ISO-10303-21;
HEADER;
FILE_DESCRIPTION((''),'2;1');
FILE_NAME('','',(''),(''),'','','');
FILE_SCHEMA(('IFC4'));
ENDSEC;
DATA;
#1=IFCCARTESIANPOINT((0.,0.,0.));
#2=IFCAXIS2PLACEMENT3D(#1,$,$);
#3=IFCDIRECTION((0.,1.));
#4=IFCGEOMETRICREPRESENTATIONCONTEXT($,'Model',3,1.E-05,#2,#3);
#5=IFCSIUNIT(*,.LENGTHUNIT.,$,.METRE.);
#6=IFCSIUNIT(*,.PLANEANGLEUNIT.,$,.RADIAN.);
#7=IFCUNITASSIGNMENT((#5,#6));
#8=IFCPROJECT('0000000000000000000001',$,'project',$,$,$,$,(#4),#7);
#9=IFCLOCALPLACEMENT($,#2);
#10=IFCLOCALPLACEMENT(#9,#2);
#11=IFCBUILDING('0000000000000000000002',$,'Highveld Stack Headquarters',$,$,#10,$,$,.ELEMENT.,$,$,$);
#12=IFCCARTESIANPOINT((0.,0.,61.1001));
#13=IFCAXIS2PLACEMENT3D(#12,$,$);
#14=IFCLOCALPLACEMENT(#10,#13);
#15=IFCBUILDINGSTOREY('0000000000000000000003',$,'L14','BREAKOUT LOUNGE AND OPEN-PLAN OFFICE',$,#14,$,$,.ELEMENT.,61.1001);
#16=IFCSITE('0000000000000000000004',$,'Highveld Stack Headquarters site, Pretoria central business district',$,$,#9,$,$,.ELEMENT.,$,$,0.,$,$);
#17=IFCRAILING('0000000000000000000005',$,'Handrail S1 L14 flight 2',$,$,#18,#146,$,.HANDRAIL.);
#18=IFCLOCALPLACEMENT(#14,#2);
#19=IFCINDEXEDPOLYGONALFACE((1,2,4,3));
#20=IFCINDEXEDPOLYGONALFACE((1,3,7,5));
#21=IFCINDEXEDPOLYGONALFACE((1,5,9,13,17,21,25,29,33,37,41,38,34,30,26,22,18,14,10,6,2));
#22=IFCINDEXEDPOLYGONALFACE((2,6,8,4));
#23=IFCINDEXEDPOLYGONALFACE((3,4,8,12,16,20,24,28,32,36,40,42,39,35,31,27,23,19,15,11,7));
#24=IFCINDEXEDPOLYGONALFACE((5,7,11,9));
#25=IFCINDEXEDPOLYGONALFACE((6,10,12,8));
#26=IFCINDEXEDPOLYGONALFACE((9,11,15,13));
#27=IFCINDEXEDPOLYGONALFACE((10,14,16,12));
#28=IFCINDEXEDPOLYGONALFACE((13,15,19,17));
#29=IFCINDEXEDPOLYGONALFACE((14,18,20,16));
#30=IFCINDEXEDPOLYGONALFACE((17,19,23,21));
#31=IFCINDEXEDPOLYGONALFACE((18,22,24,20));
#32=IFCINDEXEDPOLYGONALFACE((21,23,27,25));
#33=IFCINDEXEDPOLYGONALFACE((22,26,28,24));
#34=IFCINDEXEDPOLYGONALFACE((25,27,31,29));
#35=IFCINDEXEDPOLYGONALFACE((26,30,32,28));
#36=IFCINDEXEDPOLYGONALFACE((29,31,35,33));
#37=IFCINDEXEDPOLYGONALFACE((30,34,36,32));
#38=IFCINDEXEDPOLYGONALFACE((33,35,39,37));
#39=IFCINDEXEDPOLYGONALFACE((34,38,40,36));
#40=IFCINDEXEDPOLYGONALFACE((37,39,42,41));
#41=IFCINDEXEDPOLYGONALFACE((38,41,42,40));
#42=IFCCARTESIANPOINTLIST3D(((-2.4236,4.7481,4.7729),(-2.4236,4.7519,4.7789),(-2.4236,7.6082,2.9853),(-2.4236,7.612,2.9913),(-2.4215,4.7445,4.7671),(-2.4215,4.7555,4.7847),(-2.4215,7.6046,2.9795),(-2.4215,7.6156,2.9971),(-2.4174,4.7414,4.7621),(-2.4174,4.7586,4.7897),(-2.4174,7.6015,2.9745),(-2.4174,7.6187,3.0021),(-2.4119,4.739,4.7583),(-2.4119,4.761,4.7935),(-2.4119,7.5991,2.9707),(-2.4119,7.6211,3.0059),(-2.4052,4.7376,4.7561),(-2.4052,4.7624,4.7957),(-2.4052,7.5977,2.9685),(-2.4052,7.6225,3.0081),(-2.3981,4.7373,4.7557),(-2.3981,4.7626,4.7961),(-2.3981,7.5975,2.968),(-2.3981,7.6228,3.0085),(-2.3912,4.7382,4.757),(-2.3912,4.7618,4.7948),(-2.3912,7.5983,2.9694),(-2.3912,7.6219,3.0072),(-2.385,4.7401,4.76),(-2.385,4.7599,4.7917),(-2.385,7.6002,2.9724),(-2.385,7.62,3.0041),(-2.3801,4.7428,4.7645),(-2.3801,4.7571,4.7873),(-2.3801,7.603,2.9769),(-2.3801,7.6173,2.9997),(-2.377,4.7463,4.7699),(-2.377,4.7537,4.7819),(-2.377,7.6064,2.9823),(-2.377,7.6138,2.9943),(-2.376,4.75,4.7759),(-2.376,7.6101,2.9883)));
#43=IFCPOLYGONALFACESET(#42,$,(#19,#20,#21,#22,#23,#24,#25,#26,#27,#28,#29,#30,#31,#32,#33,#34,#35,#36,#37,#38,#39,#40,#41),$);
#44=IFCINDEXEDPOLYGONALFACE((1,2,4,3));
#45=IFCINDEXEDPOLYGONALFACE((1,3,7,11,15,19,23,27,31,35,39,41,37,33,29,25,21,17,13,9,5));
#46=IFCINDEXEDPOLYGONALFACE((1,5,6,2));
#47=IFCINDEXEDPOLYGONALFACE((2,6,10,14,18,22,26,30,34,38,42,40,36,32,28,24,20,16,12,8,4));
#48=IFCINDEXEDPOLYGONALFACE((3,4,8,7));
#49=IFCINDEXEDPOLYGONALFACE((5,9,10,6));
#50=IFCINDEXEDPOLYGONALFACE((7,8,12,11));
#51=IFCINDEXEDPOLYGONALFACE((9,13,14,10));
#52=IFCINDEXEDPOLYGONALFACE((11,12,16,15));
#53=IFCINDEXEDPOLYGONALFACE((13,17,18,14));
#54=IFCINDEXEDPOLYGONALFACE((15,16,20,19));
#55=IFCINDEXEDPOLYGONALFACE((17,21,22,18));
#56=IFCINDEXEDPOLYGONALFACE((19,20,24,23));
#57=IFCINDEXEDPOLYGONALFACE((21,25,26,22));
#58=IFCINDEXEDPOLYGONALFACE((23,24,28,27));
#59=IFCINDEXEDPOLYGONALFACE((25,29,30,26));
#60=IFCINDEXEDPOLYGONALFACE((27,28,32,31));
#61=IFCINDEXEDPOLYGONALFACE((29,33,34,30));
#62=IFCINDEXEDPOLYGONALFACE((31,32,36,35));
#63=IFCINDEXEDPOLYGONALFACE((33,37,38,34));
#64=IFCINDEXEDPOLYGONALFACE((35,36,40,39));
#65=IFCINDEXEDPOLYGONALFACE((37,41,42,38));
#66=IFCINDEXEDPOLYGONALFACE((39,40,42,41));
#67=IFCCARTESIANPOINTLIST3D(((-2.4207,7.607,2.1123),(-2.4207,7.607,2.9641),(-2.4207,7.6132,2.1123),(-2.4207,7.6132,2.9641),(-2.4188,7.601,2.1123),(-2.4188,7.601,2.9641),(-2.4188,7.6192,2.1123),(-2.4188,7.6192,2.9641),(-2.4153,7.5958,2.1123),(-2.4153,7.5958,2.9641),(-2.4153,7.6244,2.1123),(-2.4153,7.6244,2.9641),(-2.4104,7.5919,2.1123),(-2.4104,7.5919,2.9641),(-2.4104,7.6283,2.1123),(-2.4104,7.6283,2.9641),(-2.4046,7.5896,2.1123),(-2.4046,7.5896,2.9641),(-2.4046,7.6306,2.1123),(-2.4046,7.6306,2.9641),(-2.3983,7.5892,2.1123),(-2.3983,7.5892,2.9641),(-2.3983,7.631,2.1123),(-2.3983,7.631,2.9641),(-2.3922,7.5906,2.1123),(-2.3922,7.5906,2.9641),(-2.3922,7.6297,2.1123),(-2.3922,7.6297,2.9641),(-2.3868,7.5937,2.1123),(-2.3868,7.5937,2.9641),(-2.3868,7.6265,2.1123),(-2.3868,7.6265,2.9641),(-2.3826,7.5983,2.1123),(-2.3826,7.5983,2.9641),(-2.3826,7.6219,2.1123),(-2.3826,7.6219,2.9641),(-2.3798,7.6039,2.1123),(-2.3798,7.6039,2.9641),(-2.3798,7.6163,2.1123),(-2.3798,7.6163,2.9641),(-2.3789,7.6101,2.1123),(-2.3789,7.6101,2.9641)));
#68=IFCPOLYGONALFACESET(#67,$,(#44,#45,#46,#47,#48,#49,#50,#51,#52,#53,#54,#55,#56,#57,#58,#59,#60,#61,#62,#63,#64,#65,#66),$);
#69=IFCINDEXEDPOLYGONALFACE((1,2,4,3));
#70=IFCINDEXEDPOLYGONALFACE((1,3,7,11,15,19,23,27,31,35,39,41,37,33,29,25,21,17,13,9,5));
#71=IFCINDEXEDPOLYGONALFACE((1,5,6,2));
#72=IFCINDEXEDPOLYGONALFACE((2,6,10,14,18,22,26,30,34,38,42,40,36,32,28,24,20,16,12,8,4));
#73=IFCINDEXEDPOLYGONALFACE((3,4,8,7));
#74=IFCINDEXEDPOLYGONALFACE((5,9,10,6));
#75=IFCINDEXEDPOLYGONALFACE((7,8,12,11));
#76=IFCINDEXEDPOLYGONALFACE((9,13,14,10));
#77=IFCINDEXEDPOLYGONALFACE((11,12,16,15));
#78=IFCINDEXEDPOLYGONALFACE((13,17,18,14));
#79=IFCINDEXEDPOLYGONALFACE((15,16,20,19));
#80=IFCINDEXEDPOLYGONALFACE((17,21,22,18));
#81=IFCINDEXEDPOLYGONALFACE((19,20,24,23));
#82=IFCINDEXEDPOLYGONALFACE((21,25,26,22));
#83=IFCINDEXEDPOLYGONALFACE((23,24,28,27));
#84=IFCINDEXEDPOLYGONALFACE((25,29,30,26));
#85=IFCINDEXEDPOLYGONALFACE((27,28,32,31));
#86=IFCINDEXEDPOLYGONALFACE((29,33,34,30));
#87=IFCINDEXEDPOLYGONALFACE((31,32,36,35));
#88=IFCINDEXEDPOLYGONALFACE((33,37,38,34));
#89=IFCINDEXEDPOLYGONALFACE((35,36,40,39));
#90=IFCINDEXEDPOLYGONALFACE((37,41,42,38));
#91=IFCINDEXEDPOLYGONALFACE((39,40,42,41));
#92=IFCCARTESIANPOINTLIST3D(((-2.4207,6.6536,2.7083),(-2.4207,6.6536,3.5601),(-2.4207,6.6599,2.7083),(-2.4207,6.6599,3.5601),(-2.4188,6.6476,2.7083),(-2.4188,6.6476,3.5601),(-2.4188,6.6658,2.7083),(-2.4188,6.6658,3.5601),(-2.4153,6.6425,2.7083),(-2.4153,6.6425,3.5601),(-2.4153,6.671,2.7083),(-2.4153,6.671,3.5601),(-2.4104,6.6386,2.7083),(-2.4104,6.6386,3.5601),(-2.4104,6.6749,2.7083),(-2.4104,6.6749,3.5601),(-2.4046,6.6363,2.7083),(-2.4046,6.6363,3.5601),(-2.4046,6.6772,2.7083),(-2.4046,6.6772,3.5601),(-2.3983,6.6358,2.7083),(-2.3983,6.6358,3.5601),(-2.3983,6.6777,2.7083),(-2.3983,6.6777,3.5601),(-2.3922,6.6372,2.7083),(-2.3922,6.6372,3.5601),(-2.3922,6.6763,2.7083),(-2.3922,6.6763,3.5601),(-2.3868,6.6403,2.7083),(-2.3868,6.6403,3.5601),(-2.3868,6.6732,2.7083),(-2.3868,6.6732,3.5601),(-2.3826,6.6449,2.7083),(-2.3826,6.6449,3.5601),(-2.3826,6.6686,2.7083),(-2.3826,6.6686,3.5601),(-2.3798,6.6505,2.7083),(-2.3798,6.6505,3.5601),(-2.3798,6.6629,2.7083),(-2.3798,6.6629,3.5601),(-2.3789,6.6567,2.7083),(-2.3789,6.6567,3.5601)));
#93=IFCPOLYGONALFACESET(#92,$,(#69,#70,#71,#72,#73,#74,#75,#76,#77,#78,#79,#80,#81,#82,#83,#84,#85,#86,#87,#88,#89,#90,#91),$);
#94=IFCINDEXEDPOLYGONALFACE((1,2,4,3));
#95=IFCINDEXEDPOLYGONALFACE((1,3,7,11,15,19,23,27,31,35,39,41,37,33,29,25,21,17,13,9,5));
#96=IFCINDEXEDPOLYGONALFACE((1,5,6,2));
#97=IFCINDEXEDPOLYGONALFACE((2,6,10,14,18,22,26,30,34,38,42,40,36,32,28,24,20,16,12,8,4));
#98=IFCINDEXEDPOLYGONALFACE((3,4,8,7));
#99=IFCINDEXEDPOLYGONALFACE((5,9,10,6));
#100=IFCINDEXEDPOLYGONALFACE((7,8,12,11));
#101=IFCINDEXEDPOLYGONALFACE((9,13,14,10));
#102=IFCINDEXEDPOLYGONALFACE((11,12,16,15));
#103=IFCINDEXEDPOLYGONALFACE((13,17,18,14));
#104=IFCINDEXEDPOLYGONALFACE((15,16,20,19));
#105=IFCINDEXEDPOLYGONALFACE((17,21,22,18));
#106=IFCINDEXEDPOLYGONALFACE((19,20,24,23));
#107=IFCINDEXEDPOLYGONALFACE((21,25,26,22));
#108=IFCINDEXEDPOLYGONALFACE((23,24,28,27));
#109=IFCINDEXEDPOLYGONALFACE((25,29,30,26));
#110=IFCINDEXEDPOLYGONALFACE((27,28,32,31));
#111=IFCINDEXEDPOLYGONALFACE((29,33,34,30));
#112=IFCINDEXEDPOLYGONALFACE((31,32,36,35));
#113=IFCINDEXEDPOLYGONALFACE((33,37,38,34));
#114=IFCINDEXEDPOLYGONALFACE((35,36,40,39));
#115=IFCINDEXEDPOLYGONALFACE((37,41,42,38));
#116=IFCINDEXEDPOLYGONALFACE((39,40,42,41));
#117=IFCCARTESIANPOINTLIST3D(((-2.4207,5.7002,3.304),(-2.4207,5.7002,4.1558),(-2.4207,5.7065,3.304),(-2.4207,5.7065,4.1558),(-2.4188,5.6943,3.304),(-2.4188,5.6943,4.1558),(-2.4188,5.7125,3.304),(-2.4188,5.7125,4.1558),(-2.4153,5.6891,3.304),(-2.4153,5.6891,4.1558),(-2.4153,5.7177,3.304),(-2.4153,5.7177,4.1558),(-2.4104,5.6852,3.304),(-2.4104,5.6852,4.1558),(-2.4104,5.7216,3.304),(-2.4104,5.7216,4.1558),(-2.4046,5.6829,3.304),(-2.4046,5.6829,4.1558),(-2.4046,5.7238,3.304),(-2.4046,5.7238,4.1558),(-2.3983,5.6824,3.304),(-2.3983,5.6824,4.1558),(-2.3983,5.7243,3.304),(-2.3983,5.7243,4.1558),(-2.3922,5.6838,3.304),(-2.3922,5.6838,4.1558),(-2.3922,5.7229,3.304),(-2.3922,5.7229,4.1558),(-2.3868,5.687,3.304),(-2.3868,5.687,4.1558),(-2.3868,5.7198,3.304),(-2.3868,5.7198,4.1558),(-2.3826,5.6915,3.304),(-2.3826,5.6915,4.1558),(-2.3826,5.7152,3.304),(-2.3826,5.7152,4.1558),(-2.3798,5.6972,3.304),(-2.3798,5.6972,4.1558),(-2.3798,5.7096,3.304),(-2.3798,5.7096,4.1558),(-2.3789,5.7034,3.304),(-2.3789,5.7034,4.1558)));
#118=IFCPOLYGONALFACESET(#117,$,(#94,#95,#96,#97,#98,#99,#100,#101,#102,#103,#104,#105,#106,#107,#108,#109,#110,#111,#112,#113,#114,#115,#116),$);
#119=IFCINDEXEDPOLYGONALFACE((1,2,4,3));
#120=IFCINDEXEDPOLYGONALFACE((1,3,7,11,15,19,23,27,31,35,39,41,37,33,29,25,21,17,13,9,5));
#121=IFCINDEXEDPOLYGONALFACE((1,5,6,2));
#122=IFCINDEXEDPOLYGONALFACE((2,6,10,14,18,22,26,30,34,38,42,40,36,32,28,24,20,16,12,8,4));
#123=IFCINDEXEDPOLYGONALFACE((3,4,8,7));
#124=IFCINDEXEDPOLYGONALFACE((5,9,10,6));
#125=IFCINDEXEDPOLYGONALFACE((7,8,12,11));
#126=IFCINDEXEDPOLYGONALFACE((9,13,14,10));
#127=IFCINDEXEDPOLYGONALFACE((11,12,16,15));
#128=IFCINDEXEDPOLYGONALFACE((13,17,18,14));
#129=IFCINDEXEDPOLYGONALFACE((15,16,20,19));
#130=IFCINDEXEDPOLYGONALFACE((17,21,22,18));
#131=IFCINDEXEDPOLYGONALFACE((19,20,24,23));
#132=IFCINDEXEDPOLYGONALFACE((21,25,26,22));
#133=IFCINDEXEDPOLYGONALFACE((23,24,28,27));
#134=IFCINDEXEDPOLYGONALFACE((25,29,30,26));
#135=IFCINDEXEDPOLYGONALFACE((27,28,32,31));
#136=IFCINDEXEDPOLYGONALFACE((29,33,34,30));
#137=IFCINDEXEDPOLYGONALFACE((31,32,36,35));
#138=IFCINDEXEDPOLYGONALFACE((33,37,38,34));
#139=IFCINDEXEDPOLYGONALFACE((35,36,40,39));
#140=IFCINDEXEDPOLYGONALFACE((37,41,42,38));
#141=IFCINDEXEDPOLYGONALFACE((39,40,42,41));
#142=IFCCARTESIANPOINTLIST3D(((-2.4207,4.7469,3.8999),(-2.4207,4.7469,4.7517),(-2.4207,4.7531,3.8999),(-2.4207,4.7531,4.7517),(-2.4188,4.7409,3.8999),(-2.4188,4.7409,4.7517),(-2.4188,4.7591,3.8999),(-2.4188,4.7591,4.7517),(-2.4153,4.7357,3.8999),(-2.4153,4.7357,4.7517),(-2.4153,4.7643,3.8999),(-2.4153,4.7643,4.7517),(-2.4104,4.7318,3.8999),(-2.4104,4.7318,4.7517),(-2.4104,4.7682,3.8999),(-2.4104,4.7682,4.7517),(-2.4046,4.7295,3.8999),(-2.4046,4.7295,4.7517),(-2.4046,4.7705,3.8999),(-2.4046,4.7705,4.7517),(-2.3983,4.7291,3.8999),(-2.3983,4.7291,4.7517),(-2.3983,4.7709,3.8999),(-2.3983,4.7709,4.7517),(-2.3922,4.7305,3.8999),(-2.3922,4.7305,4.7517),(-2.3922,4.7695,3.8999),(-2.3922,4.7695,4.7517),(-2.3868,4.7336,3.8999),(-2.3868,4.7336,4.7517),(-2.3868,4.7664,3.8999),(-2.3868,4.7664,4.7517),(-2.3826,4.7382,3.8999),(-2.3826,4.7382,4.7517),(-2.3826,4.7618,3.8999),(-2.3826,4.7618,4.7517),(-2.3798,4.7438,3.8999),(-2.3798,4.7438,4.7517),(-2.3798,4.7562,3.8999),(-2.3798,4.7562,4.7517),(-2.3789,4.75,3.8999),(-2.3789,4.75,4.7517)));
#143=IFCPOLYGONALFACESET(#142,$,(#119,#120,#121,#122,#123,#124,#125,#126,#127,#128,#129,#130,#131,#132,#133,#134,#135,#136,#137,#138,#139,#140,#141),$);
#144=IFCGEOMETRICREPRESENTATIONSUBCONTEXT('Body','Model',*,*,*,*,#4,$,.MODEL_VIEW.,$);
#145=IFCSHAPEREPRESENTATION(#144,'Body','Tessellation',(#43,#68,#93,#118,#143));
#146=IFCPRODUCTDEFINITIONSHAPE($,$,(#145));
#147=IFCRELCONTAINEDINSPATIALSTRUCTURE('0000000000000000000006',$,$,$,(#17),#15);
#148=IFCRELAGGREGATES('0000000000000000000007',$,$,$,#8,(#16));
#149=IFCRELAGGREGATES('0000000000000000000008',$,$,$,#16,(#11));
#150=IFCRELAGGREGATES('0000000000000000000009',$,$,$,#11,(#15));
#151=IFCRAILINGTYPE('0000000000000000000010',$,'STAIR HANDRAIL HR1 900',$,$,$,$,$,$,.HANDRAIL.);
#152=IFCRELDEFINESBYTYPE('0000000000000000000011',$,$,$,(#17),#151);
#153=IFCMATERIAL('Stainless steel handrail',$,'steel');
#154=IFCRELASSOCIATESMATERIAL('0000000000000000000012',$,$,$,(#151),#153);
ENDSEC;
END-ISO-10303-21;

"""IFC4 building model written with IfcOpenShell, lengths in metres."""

from ifc_helpers import new_model, si_unit, direction, frame, origin, origin_2d, place, context, subcontext, project, spatial, circle, extrude, material, type_object, element, save


model = new_model("IFC4")

# Units and contexts
model_context = context("Model", 3, precision=1e-05, world=origin(), true_north=direction((0.0, 1.0)))
body_context = subcontext(model_context, "Body", "Model", "MODEL_VIEW")
ifc_project = project(units=[si_unit("LENGTHUNIT", "METRE"), si_unit("PLANEANGLEUNIT", "RADIAN")], contexts=[model_context])

# Site, building, storey
site_placement = place(None, origin())
site = spatial("IfcSite", under=ifc_project, at=site_placement, Name="Highveld Stack Headquarters site, Pretoria central business district", CompositionType="ELEMENT", RefElevation=0.0)
building_placement = place(site_placement, origin())
building = spatial("IfcBuilding", under=site, at=building_placement, Name="Highveld Stack Headquarters", CompositionType="ELEMENT")
storey_placement = place(building_placement, frame((0.0, 0.0, 61.1001)))
storey = spatial("IfcBuildingStorey", under=building, at=storey_placement, Name="L14", Description="BREAKOUT LOUNGE AND OPEN-PLAN OFFICE", CompositionType="ELEMENT", Elevation=61.1001)

# Railing
ifc_material_1 = material(Name="Stainless steel handrail", Category="steel")
railing_type = type_object("IfcRailingType", Name="STAIR HANDRAIL HR1 900", PredefinedType="HANDRAIL", material=ifc_material_1)
for number, where, name in (
    (1, (-2.3999, 7.6101, 2.1123), "Handrail S1 L14 flight 2"),
):
    element("IfcRailing", number, at=place(storey_placement, frame(where)), inside=storey, type_object=railing_type, Name=name, PredefinedType="HANDRAIL", context=body_context, shape_type="SweptSolid", body=[
        extrude(circle(Radius=0.0239, at=origin_2d()), frame((0.0, 0.0, 0.876), z_axis=(0.0, -0.847994, 0.530005), x_axis=(1.0, 0.0, 0.0)), (0.0, 0.0, 1.0), 3.3728),
        extrude(circle(Radius=0.021, at=origin_2d()), origin(), (0.0, 0.0, 1.0), 0.8518),
        extrude(circle(Radius=0.021, at=origin_2d()), frame((0.0, -0.9534, 0.5959)), (0.0, 0.0, 1.0), 0.8518),
        extrude(circle(Radius=0.021, at=origin_2d()), frame((0.0, -1.9067, 1.1917)), (0.0, 0.0, 1.0), 0.8518),
        extrude(circle(Radius=0.021, at=origin_2d()), frame((0.0, -2.8601, 1.7876)), (0.0, 0.0, 1.0), 0.8518),
    ])

save(model, "model.ifc")
